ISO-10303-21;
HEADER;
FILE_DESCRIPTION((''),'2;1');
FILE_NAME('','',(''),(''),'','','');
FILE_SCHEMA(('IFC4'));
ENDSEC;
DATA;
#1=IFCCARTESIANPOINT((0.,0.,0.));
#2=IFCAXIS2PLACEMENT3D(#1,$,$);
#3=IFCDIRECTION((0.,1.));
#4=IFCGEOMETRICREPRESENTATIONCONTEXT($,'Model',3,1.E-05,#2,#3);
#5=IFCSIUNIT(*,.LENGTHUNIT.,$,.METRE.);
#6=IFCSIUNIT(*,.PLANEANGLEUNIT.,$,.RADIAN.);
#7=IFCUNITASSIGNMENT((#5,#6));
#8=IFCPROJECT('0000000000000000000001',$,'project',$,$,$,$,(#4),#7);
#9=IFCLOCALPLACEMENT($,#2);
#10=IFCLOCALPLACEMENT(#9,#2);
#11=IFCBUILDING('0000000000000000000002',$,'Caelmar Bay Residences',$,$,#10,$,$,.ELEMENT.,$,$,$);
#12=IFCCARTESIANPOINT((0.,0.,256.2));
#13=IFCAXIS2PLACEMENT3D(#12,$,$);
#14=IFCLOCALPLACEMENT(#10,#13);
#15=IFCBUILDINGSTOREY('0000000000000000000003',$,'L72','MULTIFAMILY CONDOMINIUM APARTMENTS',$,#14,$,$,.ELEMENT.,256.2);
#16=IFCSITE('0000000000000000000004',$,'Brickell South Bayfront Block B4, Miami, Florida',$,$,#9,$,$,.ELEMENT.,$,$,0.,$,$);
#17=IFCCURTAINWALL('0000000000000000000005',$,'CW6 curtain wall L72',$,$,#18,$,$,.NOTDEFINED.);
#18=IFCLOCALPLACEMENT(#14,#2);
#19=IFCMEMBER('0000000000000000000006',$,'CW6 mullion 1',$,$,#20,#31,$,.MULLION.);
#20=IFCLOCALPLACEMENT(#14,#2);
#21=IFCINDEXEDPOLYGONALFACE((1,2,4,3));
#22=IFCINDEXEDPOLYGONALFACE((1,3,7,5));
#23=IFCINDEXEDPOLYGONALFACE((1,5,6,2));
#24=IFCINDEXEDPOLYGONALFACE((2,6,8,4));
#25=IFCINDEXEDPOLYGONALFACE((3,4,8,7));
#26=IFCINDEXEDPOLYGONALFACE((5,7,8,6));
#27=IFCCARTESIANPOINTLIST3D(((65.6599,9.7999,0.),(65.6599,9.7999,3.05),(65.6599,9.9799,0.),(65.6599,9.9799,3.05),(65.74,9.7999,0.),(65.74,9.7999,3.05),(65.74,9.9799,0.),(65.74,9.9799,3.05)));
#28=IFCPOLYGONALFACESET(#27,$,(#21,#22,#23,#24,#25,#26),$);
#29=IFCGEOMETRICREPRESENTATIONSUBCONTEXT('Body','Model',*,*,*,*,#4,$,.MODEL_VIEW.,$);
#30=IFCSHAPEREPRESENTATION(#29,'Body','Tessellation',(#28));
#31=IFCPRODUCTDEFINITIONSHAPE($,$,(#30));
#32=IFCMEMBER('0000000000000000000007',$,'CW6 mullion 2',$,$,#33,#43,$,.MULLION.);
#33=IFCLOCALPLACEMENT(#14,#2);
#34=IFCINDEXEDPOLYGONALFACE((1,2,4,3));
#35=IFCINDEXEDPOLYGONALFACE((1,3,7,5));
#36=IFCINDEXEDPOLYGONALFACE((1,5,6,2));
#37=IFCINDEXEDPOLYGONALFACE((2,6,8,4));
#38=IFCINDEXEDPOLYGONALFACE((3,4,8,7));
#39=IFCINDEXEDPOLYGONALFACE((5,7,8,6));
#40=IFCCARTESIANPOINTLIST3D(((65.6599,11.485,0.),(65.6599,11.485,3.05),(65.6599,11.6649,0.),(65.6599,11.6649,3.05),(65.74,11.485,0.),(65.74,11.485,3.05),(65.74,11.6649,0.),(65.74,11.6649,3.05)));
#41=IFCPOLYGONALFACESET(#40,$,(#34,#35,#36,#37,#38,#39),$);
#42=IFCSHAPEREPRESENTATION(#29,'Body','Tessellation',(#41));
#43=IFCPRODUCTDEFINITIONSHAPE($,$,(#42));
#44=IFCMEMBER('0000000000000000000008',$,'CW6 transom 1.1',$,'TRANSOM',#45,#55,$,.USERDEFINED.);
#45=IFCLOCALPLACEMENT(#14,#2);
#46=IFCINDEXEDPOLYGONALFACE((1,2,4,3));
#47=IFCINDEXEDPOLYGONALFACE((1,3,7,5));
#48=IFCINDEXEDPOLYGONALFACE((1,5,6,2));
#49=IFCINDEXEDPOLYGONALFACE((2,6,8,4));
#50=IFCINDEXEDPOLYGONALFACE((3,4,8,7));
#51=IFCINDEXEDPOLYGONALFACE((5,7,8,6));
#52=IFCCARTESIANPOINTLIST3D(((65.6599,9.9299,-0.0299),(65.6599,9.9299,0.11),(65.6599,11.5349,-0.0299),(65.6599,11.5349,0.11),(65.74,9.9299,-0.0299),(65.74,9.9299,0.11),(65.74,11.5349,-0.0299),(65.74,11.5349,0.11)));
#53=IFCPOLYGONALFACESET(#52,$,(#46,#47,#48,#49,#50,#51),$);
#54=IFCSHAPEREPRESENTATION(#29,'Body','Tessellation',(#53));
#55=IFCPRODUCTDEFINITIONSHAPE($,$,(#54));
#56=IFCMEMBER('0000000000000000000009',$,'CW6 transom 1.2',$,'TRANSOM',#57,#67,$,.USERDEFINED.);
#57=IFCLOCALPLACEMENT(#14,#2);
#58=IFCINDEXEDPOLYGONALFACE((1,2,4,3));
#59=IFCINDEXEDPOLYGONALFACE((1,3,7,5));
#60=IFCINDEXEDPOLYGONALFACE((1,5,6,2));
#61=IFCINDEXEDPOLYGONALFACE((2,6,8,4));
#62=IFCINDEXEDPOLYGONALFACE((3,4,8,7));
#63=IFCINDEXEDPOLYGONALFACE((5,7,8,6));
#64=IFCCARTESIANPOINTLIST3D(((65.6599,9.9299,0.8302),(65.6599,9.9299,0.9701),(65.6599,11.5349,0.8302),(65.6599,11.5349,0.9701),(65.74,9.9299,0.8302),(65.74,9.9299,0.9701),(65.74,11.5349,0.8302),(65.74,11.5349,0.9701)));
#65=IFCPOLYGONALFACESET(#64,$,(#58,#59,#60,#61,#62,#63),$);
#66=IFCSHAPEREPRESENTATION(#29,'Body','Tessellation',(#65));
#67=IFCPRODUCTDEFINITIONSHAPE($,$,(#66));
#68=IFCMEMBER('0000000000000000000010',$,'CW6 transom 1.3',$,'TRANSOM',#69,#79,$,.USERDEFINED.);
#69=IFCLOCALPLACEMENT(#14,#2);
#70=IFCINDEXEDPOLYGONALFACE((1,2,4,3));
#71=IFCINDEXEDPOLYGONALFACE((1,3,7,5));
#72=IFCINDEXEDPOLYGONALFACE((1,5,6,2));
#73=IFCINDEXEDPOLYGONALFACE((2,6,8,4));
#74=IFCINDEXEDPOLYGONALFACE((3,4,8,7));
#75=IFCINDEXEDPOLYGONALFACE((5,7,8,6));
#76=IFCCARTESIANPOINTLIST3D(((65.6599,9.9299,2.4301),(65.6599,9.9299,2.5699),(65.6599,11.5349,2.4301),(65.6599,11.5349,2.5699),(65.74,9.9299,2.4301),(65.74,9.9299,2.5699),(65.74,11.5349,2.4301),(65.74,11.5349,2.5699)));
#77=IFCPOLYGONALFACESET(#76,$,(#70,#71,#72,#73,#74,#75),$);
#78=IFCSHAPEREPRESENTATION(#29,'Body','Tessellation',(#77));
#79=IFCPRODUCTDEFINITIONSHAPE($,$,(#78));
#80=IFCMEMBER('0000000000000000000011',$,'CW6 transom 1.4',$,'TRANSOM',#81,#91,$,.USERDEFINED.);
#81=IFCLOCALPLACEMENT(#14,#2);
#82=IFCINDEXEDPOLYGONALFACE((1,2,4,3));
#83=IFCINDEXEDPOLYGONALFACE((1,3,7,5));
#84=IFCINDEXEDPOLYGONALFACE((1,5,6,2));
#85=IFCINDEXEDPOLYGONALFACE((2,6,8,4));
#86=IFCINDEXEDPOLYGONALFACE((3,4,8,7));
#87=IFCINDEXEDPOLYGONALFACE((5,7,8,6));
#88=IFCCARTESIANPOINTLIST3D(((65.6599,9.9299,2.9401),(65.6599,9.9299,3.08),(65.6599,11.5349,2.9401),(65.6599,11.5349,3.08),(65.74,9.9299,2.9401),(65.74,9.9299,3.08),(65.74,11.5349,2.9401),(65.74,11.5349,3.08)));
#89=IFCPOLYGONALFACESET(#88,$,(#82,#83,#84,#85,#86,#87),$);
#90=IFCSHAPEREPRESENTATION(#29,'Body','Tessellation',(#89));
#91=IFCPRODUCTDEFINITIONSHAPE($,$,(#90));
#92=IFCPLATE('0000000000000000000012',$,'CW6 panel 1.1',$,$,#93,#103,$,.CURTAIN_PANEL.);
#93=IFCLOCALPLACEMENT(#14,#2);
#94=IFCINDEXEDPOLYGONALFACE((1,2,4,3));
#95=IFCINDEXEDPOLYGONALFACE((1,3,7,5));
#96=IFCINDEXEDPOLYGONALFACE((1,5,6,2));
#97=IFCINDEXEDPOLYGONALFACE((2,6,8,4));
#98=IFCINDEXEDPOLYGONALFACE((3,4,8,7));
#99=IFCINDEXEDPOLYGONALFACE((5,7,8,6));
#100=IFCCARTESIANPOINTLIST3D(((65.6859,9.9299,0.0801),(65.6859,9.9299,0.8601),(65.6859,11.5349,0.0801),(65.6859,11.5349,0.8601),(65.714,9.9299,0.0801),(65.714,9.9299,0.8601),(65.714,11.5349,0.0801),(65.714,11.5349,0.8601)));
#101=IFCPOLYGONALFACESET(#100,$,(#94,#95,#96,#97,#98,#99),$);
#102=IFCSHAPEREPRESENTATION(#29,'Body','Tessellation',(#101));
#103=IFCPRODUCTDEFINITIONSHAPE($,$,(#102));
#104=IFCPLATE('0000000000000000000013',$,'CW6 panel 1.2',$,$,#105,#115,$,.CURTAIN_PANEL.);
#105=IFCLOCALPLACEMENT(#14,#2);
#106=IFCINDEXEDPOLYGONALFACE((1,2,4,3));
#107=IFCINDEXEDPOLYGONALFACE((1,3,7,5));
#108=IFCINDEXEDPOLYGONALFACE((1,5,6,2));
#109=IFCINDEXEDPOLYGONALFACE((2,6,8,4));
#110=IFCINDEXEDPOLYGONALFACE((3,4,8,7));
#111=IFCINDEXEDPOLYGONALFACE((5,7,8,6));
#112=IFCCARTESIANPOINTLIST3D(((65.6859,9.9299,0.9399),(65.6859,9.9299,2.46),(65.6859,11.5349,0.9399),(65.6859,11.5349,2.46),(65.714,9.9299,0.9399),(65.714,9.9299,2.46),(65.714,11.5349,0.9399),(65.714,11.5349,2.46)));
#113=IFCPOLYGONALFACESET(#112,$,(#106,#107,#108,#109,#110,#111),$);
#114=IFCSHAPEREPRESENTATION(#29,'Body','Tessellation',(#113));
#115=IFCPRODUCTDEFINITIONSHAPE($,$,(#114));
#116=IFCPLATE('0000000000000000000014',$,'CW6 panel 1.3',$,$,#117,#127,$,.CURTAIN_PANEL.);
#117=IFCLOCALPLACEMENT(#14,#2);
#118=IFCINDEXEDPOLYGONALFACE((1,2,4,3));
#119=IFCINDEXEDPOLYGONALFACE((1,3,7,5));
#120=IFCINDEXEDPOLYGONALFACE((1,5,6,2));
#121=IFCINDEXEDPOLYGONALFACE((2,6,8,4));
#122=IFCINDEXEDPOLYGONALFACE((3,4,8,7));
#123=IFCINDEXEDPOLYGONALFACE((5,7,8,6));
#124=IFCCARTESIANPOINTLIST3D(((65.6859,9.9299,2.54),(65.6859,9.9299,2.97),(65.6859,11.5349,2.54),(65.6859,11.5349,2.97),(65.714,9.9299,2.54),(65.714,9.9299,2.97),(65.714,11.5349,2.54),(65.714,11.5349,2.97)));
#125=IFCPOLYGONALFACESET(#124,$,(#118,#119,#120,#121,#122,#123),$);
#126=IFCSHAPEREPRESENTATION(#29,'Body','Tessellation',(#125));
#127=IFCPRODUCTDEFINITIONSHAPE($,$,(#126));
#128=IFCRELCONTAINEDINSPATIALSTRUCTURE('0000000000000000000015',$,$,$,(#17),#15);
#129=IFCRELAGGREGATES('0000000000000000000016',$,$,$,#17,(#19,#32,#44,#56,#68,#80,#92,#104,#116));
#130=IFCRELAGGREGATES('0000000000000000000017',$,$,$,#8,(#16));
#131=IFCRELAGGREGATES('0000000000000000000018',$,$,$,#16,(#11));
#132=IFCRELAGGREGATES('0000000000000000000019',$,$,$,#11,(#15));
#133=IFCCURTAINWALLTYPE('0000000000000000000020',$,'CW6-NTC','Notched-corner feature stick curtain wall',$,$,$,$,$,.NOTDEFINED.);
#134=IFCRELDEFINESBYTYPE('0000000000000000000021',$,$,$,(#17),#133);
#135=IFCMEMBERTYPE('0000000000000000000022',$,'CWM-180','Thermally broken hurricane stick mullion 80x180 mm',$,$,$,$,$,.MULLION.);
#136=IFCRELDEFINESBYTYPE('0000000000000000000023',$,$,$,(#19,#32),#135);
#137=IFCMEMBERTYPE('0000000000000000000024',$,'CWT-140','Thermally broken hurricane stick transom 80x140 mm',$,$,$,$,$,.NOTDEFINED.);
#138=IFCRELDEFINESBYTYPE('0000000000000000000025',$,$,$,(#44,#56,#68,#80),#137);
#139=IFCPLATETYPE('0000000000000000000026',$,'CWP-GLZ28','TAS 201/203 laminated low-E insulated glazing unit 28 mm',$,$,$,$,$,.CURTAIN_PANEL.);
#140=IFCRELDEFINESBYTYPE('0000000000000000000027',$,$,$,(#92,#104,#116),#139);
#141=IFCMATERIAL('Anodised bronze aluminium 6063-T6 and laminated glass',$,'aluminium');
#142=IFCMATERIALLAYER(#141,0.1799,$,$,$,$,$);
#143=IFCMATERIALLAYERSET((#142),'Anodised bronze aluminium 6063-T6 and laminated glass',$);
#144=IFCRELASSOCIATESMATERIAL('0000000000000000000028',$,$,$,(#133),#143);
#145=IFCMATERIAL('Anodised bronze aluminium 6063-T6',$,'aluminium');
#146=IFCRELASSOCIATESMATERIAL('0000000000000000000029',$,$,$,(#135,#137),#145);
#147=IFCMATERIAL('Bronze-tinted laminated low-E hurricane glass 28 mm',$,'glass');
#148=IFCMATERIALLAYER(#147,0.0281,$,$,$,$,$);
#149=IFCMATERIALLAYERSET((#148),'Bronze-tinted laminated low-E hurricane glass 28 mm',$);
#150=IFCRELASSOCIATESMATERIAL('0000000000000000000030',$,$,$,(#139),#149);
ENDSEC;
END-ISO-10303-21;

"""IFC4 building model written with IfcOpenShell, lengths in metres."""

from ifc_helpers import new_model, si_unit, direction, frame, origin, origin_2d, place, context, subcontext, project, spatial, rectangle, extrude, material, layer, layer_set, material_profile, profile_set, type_object, element, aggregate, save


model = new_model("IFC4")

# Units and contexts
model_context = context("Model", 3, precision=1e-05, world=origin(), true_north=direction((0.0, 1.0)))
body_context = subcontext(model_context, "Body", "Model", "MODEL_VIEW")
ifc_project = project(units=[si_unit("LENGTHUNIT", "METRE"), si_unit("PLANEANGLEUNIT", "RADIAN")], contexts=[model_context])

# Site, building, storey
site_placement = place(None, origin())
site = spatial("IfcSite", under=ifc_project, at=site_placement, Name="Brickell South Bayfront Block B4, Miami, Florida", CompositionType="ELEMENT", RefElevation=0.0)
building_placement = place(site_placement, origin())
building = spatial("IfcBuilding", under=site, at=building_placement, Name="Caelmar Bay Residences", CompositionType="ELEMENT")
storey_placement = place(building_placement, frame((0.0, 0.0, 256.2)))
storey = spatial("IfcBuildingStorey", under=building, at=storey_placement, Name="L72", Description="MULTIFAMILY CONDOMINIUM APARTMENTS", CompositionType="ELEMENT", Elevation=256.2)

# Curtain wall, members, plates
ifc_material_1 = material(Name="Anodised bronze aluminium 6063-T6 and laminated glass", Category="aluminium")
ifc_layer_1 = layer(ifc_material_1, 0.1799)
ifc_layer_set_1 = layer_set([ifc_layer_1], Name="Anodised bronze aluminium 6063-T6 and laminated glass")
curtain_wall_type = type_object("IfcCurtainWallType", Name="CW6-NTC", Description="Notched-corner feature stick curtain wall", PredefinedType="NOTDEFINED", material=ifc_layer_set_1)
curtain_wall_placement = place(storey_placement, origin())
curtain_wall = element("IfcCurtainWall", 1, at=curtain_wall_placement, inside=storey, type_object=curtain_wall_type, Name="CW6 curtain wall L72", PredefinedType="NOTDEFINED")
ifc_material_2 = material(Name="Anodised bronze aluminium 6063-T6", Category="aluminium")
ifc_material_profile_1 = material_profile(ifc_material_2, rectangle(XDim=0.0801, YDim=0.1799, at=origin_2d()), Name="CWM-80X180")
ifc_profile_set_1 = profile_set([ifc_material_profile_1], Name="Anodised bronze aluminium 6063-T6")
member_type_1 = type_object("IfcMemberType", Name="CWM-180", Description="Thermally broken hurricane stick mullion 80x180 mm", PredefinedType="MULLION", material=ifc_profile_set_1)
member_1_placement = place(storey_placement, frame((65.7, 9.8899, 0.0), z_axis=(0.0, 0.0, 1.0), x_axis=(-1.0, 0.0, 0.0)))
member_1 = element("IfcMember", 2, at=member_1_placement, type_object=member_type_1, Name="CW6 mullion 1", PredefinedType="MULLION", context=body_context, shape_type="SweptSolid", body=[
    extrude(rectangle(XDim=0.0801, YDim=0.1799, at=origin_2d()), origin(), (0.0, 0.0, 1.0), 3.05),
])
member_2_placement = place(storey_placement, frame((65.7, 11.575, 0.0), z_axis=(0.0, 0.0, 1.0), x_axis=(-1.0, 0.0, 0.0)))
member_2 = element("IfcMember", 3, at=member_2_placement, type_object=member_type_1, Name="CW6 mullion 2", PredefinedType="MULLION", context=body_context, shape_type="SweptSolid", body=[
    extrude(rectangle(XDim=0.0801, YDim=0.1799, at=origin_2d()), origin(), (0.0, 0.0, 1.0), 3.05),
])
ifc_material_profile_2 = material_profile(ifc_material_2, rectangle(XDim=0.0801, YDim=0.1399, at=origin_2d()), Name="CWT-80X140")
ifc_profile_set_2 = profile_set([ifc_material_profile_2], Name="Anodised bronze aluminium 6063-T6")
member_type_2 = type_object("IfcMemberType", Name="CWT-140", Description="Thermally broken hurricane stick transom 80x140 mm", PredefinedType="NOTDEFINED", material=ifc_profile_set_2)
member_3_placement = place(storey_placement, frame((65.7, 9.9299, 0.04), z_axis=(0.0, 1.0, 0.0), x_axis=(-1.0, 0.0, 0.0)))
member_3 = element("IfcMember", 4, at=member_3_placement, type_object=member_type_2, Name="CW6 transom 1.1", ObjectType="TRANSOM", PredefinedType="USERDEFINED", context=body_context, shape_type="SweptSolid", body=[
    extrude(rectangle(XDim=0.0801, YDim=0.1399, at=origin_2d()), origin(), (0.0, 0.0, 1.0), 1.605),
])
member_4_placement = place(storey_placement, frame((65.7, 9.9299, 0.9001), z_axis=(0.0, 1.0, 0.0), x_axis=(-1.0, 0.0, 0.0)))
member_4 = element("IfcMember", 5, at=member_4_placement, type_object=member_type_2, Name="CW6 transom 1.2", ObjectType="TRANSOM", PredefinedType="USERDEFINED", context=body_context, shape_type="SweptSolid", body=[
    extrude(rectangle(XDim=0.0801, YDim=0.1399, at=origin_2d()), origin(), (0.0, 0.0, 1.0), 1.605),
])
member_5_placement = place(storey_placement, frame((65.7, 9.9299, 2.5), z_axis=(0.0, 1.0, 0.0), x_axis=(-1.0, 0.0, 0.0)))
member_5 = element("IfcMember", 6, at=member_5_placement, type_object=member_type_2, Name="CW6 transom 1.3", ObjectType="TRANSOM", PredefinedType="USERDEFINED", context=body_context, shape_type="SweptSolid", body=[
    extrude(rectangle(XDim=0.0801, YDim=0.1399, at=origin_2d()), origin(), (0.0, 0.0, 1.0), 1.605),
])
member_6_placement = place(storey_placement, frame((65.7, 9.9299, 3.01), z_axis=(0.0, 1.0, 0.0), x_axis=(-1.0, 0.0, 0.0)))
member_6 = element("IfcMember", 7, at=member_6_placement, type_object=member_type_2, Name="CW6 transom 1.4", ObjectType="TRANSOM", PredefinedType="USERDEFINED", context=body_context, shape_type="SweptSolid", body=[
    extrude(rectangle(XDim=0.0801, YDim=0.1399, at=origin_2d()), origin(), (0.0, 0.0, 1.0), 1.605),
])
ifc_material_3 = material(Name="Bronze-tinted laminated low-E hurricane glass 28 mm", Category="glass")
ifc_layer_2 = layer(ifc_material_3, 0.0281)
ifc_layer_set_2 = layer_set([ifc_layer_2], Name="Bronze-tinted laminated low-E hurricane glass 28 mm")
plate_type = type_object("IfcPlateType", Name="CWP-GLZ28", Description="TAS 201/203 laminated low-E insulated glazing unit 28 mm", PredefinedType="CURTAIN_PANEL", material=ifc_layer_set_2)
plate_1_placement = place(storey_placement, frame((65.7, 10.7324, 0.0801), z_axis=(0.0, 0.0, 1.0), x_axis=(0.0, 1.0, 0.0)))
plate_1 = element("IfcPlate", 8, at=plate_1_placement, type_object=plate_type, Name="CW6 panel 1.1", PredefinedType="CURTAIN_PANEL", context=body_context, shape_type="SweptSolid", body=[
    extrude(rectangle(XDim=1.605, YDim=0.0281, at=origin_2d()), origin(), (0.0, 0.0, 1.0), 0.78),
])
plate_2_placement = place(storey_placement, frame((65.7, 10.7324, 0.9399), z_axis=(0.0, 0.0, 1.0), x_axis=(0.0, 1.0, 0.0)))
plate_2 = element("IfcPlate", 9, at=plate_2_placement, type_object=plate_type, Name="CW6 panel 1.2", PredefinedType="CURTAIN_PANEL", context=body_context, shape_type="SweptSolid", body=[
    extrude(rectangle(XDim=1.605, YDim=0.0281, at=origin_2d()), origin(), (0.0, 0.0, 1.0), 1.52),
])
plate_3_placement = place(storey_placement, frame((65.7, 10.7324, 2.54), z_axis=(0.0, 0.0, 1.0), x_axis=(0.0, 1.0, 0.0)))
plate_3 = element("IfcPlate", 10, at=plate_3_placement, type_object=plate_type, Name="CW6 panel 1.3", PredefinedType="CURTAIN_PANEL", context=body_context, shape_type="SweptSolid", body=[
    extrude(rectangle(XDim=1.605, YDim=0.0281, at=origin_2d()), origin(), (0.0, 0.0, 1.0), 0.4299),
])
aggregate(curtain_wall, [member_1, member_2, member_3, member_4, member_5, member_6, plate_1, plate_2, plate_3])

save(model, "model.ifc")
